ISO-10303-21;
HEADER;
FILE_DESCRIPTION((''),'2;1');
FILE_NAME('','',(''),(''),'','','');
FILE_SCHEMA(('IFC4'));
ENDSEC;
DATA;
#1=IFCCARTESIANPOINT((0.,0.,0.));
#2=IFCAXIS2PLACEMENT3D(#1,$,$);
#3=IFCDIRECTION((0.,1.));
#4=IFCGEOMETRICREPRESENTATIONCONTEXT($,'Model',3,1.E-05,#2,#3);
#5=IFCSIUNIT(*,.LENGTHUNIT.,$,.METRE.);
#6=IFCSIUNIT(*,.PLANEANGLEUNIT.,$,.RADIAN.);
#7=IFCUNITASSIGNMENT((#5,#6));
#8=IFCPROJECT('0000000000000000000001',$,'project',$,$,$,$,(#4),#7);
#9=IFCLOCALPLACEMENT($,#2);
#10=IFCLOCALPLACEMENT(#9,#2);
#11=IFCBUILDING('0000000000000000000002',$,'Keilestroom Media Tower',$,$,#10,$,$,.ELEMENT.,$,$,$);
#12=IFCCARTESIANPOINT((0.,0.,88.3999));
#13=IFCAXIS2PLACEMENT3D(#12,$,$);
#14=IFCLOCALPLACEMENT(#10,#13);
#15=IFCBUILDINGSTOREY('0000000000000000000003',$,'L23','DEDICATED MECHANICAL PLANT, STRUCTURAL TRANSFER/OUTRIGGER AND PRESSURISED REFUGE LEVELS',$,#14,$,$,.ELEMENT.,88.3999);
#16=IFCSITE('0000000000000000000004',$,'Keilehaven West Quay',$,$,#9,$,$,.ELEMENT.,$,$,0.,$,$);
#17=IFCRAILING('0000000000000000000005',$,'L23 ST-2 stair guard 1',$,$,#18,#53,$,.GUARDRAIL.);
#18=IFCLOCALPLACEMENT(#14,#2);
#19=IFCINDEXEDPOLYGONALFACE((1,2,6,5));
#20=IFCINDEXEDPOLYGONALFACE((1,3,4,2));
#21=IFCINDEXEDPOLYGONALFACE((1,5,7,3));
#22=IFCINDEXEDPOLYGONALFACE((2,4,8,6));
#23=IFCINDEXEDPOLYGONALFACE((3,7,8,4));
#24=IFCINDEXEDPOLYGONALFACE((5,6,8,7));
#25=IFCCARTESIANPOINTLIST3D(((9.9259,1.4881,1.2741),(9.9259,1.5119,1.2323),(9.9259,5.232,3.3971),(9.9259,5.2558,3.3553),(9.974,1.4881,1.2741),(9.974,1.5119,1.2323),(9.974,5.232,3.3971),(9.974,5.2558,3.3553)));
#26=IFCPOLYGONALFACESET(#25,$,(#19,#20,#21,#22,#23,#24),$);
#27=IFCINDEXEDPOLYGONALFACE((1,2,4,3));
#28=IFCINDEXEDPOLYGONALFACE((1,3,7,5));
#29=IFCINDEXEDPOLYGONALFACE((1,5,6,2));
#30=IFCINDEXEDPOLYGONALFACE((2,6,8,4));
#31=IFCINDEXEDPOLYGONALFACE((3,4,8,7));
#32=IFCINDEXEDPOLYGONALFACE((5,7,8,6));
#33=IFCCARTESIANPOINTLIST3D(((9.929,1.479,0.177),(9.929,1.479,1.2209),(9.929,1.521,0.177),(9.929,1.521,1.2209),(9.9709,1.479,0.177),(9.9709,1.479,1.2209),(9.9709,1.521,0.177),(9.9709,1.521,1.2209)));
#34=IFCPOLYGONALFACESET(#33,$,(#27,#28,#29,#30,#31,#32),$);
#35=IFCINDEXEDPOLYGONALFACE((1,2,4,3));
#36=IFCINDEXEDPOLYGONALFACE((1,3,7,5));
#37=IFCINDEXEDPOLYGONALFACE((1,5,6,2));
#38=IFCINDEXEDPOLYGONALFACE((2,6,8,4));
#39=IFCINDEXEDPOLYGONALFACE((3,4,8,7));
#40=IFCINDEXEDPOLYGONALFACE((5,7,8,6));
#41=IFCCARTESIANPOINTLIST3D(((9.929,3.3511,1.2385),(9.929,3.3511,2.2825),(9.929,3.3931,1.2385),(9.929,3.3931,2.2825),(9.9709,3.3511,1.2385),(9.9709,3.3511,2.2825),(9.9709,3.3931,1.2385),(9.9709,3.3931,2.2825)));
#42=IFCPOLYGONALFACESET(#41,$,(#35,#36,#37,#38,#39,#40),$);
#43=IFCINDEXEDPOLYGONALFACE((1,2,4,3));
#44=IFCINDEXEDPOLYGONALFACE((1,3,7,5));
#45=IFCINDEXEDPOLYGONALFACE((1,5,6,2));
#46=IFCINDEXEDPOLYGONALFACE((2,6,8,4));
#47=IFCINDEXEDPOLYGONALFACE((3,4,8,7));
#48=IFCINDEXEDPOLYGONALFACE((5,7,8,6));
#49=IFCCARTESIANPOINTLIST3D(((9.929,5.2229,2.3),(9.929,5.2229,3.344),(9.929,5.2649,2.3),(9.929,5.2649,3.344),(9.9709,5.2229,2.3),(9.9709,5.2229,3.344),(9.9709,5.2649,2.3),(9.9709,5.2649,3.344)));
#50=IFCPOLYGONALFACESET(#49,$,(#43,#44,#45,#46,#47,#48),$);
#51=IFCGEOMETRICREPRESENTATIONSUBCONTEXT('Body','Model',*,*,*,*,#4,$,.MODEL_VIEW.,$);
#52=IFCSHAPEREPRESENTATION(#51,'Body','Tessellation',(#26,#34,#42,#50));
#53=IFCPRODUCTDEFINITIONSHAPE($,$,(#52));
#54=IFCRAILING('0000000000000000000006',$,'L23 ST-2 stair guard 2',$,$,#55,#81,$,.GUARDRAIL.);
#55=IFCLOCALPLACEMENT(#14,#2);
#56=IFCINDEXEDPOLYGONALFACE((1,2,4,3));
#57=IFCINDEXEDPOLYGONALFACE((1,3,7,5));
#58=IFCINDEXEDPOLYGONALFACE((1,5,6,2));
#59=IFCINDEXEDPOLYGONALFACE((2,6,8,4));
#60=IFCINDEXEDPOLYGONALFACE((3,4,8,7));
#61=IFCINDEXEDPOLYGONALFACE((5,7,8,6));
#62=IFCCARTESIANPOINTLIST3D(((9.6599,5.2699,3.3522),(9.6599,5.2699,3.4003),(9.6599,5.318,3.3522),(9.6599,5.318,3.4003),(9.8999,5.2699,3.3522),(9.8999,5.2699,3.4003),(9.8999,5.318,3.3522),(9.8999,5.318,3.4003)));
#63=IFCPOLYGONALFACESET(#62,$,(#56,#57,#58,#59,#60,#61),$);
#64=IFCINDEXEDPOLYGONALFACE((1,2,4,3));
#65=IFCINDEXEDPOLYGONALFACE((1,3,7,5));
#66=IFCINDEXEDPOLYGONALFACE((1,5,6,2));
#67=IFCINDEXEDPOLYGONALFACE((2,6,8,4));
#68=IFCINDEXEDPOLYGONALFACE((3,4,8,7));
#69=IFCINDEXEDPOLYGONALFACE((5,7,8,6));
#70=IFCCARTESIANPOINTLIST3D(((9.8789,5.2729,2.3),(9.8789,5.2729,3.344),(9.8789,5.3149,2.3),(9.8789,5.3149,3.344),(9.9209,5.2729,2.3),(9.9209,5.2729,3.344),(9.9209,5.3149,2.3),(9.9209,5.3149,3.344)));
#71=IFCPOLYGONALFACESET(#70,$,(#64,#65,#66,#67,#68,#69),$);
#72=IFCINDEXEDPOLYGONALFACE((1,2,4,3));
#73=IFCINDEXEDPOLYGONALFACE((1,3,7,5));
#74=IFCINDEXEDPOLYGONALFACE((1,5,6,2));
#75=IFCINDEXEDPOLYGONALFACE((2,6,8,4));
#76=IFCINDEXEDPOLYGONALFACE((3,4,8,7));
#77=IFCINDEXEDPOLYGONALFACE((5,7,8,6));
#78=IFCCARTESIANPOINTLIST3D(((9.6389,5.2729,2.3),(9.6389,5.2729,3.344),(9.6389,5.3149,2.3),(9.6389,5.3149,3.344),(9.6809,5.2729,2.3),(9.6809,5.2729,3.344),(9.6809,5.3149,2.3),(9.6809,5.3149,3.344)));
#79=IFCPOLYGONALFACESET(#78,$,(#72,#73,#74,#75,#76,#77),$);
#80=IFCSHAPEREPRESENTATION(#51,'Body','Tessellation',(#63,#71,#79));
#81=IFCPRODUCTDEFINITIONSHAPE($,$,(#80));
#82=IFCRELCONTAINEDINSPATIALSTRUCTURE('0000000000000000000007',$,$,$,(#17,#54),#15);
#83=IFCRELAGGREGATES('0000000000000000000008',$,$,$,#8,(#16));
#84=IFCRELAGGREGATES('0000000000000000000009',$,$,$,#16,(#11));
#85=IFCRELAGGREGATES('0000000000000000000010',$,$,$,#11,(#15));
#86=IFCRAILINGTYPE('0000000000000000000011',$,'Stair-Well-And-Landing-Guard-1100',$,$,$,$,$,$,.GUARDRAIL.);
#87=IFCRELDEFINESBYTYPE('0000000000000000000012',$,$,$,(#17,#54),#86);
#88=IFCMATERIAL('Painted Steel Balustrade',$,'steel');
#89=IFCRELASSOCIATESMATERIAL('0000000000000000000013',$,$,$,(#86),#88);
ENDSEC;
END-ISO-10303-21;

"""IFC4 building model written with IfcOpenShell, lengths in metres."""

from ifc_helpers import new_model, si_unit, direction, frame, origin, origin_2d, place, context, subcontext, project, spatial, rectangle, extrude, material, type_object, element, save


model = new_model("IFC4")

# Units and contexts
model_context = context("Model", 3, precision=1e-05, world=origin(), true_north=direction((0.0, 1.0)))
body_context = subcontext(model_context, "Body", "Model", "MODEL_VIEW")
ifc_project = project(units=[si_unit("LENGTHUNIT", "METRE"), si_unit("PLANEANGLEUNIT", "RADIAN")], contexts=[model_context])

# Site, building, storey
site_placement = place(None, origin())
site = spatial("IfcSite", under=ifc_project, at=site_placement, Name="Keilehaven West Quay", CompositionType="ELEMENT", RefElevation=0.0)
building_placement = place(site_placement, origin())
building = spatial("IfcBuilding", under=site, at=building_placement, Name="Keilestroom Media Tower", CompositionType="ELEMENT")
storey_placement = place(building_placement, frame((0.0, 0.0, 88.3999)))
storey = spatial("IfcBuildingStorey", under=building, at=storey_placement, Name="L23", Description="DEDICATED MECHANICAL PLANT, STRUCTURAL TRANSFER/OUTRIGGER AND PRESSURISED REFUGE LEVELS", CompositionType="ELEMENT", Elevation=88.3999)

# Railings
ifc_material_1 = material(Name="Painted Steel Balustrade", Category="steel")
railing_type_1 = type_object("IfcRailingType", Name="Stair-Well-And-Landing-Guard-1100", PredefinedType="GUARDRAIL", material=ifc_material_1)
railing_1_placement = place(storey_placement, frame((9.95, 1.5, 0.177)))
element("IfcRailing", 1, at=railing_1_placement, inside=storey, type_object=railing_type_1, Name="L23 ST-2 stair guard 1", PredefinedType="GUARDRAIL", context=body_context, shape_type="SweptSolid", body=[
    extrude(rectangle(XDim=0.0481, YDim=0.0481, at=origin_2d()), frame((0.0, 0.0, 1.0762), z_axis=(0.0, 0.869872, 0.493277), x_axis=(-1.0, 0.0, 0.0)), (0.0, 0.0, 1.0), 4.304),
    extrude(rectangle(XDim=0.042, YDim=0.042, at=origin_2d()), origin(), (0.0, 0.0, 1.0), 1.0439),
    extrude(rectangle(XDim=0.042, YDim=0.042, at=origin_2d()), frame((0.0, 1.8721, 1.0615)), (0.0, 0.0, 1.0), 1.0439),
    extrude(rectangle(XDim=0.042, YDim=0.042, at=origin_2d()), frame((0.0, 3.7439, 2.123)), (0.0, 0.0, 1.0), 1.0439),
])
railing_2_placement = place(storey_placement, frame((9.8999, 5.2939, 2.3)))
element("IfcRailing", 2, at=railing_2_placement, inside=storey, type_object=railing_type_1, Name="L23 ST-2 stair guard 2", PredefinedType="GUARDRAIL", context=body_context, shape_type="SweptSolid", body=[
    extrude(rectangle(XDim=0.0481, YDim=0.0481, at=origin_2d()), frame((0.0, 0.0, 1.0762), z_axis=(-1.0, 0.0, 0.0), x_axis=(0.0, -1.0, 0.0)), (0.0, 0.0, 1.0), 0.24),
    extrude(rectangle(XDim=0.042, YDim=0.042, at=origin_2d()), origin(), (0.0, 0.0, 1.0), 1.0439),
    extrude(rectangle(XDim=0.042, YDim=0.042, at=origin_2d()), frame((-0.24, 0.0, 0.0)), (0.0, 0.0, 1.0), 1.0439),
])

save(model, "model.ifc")
